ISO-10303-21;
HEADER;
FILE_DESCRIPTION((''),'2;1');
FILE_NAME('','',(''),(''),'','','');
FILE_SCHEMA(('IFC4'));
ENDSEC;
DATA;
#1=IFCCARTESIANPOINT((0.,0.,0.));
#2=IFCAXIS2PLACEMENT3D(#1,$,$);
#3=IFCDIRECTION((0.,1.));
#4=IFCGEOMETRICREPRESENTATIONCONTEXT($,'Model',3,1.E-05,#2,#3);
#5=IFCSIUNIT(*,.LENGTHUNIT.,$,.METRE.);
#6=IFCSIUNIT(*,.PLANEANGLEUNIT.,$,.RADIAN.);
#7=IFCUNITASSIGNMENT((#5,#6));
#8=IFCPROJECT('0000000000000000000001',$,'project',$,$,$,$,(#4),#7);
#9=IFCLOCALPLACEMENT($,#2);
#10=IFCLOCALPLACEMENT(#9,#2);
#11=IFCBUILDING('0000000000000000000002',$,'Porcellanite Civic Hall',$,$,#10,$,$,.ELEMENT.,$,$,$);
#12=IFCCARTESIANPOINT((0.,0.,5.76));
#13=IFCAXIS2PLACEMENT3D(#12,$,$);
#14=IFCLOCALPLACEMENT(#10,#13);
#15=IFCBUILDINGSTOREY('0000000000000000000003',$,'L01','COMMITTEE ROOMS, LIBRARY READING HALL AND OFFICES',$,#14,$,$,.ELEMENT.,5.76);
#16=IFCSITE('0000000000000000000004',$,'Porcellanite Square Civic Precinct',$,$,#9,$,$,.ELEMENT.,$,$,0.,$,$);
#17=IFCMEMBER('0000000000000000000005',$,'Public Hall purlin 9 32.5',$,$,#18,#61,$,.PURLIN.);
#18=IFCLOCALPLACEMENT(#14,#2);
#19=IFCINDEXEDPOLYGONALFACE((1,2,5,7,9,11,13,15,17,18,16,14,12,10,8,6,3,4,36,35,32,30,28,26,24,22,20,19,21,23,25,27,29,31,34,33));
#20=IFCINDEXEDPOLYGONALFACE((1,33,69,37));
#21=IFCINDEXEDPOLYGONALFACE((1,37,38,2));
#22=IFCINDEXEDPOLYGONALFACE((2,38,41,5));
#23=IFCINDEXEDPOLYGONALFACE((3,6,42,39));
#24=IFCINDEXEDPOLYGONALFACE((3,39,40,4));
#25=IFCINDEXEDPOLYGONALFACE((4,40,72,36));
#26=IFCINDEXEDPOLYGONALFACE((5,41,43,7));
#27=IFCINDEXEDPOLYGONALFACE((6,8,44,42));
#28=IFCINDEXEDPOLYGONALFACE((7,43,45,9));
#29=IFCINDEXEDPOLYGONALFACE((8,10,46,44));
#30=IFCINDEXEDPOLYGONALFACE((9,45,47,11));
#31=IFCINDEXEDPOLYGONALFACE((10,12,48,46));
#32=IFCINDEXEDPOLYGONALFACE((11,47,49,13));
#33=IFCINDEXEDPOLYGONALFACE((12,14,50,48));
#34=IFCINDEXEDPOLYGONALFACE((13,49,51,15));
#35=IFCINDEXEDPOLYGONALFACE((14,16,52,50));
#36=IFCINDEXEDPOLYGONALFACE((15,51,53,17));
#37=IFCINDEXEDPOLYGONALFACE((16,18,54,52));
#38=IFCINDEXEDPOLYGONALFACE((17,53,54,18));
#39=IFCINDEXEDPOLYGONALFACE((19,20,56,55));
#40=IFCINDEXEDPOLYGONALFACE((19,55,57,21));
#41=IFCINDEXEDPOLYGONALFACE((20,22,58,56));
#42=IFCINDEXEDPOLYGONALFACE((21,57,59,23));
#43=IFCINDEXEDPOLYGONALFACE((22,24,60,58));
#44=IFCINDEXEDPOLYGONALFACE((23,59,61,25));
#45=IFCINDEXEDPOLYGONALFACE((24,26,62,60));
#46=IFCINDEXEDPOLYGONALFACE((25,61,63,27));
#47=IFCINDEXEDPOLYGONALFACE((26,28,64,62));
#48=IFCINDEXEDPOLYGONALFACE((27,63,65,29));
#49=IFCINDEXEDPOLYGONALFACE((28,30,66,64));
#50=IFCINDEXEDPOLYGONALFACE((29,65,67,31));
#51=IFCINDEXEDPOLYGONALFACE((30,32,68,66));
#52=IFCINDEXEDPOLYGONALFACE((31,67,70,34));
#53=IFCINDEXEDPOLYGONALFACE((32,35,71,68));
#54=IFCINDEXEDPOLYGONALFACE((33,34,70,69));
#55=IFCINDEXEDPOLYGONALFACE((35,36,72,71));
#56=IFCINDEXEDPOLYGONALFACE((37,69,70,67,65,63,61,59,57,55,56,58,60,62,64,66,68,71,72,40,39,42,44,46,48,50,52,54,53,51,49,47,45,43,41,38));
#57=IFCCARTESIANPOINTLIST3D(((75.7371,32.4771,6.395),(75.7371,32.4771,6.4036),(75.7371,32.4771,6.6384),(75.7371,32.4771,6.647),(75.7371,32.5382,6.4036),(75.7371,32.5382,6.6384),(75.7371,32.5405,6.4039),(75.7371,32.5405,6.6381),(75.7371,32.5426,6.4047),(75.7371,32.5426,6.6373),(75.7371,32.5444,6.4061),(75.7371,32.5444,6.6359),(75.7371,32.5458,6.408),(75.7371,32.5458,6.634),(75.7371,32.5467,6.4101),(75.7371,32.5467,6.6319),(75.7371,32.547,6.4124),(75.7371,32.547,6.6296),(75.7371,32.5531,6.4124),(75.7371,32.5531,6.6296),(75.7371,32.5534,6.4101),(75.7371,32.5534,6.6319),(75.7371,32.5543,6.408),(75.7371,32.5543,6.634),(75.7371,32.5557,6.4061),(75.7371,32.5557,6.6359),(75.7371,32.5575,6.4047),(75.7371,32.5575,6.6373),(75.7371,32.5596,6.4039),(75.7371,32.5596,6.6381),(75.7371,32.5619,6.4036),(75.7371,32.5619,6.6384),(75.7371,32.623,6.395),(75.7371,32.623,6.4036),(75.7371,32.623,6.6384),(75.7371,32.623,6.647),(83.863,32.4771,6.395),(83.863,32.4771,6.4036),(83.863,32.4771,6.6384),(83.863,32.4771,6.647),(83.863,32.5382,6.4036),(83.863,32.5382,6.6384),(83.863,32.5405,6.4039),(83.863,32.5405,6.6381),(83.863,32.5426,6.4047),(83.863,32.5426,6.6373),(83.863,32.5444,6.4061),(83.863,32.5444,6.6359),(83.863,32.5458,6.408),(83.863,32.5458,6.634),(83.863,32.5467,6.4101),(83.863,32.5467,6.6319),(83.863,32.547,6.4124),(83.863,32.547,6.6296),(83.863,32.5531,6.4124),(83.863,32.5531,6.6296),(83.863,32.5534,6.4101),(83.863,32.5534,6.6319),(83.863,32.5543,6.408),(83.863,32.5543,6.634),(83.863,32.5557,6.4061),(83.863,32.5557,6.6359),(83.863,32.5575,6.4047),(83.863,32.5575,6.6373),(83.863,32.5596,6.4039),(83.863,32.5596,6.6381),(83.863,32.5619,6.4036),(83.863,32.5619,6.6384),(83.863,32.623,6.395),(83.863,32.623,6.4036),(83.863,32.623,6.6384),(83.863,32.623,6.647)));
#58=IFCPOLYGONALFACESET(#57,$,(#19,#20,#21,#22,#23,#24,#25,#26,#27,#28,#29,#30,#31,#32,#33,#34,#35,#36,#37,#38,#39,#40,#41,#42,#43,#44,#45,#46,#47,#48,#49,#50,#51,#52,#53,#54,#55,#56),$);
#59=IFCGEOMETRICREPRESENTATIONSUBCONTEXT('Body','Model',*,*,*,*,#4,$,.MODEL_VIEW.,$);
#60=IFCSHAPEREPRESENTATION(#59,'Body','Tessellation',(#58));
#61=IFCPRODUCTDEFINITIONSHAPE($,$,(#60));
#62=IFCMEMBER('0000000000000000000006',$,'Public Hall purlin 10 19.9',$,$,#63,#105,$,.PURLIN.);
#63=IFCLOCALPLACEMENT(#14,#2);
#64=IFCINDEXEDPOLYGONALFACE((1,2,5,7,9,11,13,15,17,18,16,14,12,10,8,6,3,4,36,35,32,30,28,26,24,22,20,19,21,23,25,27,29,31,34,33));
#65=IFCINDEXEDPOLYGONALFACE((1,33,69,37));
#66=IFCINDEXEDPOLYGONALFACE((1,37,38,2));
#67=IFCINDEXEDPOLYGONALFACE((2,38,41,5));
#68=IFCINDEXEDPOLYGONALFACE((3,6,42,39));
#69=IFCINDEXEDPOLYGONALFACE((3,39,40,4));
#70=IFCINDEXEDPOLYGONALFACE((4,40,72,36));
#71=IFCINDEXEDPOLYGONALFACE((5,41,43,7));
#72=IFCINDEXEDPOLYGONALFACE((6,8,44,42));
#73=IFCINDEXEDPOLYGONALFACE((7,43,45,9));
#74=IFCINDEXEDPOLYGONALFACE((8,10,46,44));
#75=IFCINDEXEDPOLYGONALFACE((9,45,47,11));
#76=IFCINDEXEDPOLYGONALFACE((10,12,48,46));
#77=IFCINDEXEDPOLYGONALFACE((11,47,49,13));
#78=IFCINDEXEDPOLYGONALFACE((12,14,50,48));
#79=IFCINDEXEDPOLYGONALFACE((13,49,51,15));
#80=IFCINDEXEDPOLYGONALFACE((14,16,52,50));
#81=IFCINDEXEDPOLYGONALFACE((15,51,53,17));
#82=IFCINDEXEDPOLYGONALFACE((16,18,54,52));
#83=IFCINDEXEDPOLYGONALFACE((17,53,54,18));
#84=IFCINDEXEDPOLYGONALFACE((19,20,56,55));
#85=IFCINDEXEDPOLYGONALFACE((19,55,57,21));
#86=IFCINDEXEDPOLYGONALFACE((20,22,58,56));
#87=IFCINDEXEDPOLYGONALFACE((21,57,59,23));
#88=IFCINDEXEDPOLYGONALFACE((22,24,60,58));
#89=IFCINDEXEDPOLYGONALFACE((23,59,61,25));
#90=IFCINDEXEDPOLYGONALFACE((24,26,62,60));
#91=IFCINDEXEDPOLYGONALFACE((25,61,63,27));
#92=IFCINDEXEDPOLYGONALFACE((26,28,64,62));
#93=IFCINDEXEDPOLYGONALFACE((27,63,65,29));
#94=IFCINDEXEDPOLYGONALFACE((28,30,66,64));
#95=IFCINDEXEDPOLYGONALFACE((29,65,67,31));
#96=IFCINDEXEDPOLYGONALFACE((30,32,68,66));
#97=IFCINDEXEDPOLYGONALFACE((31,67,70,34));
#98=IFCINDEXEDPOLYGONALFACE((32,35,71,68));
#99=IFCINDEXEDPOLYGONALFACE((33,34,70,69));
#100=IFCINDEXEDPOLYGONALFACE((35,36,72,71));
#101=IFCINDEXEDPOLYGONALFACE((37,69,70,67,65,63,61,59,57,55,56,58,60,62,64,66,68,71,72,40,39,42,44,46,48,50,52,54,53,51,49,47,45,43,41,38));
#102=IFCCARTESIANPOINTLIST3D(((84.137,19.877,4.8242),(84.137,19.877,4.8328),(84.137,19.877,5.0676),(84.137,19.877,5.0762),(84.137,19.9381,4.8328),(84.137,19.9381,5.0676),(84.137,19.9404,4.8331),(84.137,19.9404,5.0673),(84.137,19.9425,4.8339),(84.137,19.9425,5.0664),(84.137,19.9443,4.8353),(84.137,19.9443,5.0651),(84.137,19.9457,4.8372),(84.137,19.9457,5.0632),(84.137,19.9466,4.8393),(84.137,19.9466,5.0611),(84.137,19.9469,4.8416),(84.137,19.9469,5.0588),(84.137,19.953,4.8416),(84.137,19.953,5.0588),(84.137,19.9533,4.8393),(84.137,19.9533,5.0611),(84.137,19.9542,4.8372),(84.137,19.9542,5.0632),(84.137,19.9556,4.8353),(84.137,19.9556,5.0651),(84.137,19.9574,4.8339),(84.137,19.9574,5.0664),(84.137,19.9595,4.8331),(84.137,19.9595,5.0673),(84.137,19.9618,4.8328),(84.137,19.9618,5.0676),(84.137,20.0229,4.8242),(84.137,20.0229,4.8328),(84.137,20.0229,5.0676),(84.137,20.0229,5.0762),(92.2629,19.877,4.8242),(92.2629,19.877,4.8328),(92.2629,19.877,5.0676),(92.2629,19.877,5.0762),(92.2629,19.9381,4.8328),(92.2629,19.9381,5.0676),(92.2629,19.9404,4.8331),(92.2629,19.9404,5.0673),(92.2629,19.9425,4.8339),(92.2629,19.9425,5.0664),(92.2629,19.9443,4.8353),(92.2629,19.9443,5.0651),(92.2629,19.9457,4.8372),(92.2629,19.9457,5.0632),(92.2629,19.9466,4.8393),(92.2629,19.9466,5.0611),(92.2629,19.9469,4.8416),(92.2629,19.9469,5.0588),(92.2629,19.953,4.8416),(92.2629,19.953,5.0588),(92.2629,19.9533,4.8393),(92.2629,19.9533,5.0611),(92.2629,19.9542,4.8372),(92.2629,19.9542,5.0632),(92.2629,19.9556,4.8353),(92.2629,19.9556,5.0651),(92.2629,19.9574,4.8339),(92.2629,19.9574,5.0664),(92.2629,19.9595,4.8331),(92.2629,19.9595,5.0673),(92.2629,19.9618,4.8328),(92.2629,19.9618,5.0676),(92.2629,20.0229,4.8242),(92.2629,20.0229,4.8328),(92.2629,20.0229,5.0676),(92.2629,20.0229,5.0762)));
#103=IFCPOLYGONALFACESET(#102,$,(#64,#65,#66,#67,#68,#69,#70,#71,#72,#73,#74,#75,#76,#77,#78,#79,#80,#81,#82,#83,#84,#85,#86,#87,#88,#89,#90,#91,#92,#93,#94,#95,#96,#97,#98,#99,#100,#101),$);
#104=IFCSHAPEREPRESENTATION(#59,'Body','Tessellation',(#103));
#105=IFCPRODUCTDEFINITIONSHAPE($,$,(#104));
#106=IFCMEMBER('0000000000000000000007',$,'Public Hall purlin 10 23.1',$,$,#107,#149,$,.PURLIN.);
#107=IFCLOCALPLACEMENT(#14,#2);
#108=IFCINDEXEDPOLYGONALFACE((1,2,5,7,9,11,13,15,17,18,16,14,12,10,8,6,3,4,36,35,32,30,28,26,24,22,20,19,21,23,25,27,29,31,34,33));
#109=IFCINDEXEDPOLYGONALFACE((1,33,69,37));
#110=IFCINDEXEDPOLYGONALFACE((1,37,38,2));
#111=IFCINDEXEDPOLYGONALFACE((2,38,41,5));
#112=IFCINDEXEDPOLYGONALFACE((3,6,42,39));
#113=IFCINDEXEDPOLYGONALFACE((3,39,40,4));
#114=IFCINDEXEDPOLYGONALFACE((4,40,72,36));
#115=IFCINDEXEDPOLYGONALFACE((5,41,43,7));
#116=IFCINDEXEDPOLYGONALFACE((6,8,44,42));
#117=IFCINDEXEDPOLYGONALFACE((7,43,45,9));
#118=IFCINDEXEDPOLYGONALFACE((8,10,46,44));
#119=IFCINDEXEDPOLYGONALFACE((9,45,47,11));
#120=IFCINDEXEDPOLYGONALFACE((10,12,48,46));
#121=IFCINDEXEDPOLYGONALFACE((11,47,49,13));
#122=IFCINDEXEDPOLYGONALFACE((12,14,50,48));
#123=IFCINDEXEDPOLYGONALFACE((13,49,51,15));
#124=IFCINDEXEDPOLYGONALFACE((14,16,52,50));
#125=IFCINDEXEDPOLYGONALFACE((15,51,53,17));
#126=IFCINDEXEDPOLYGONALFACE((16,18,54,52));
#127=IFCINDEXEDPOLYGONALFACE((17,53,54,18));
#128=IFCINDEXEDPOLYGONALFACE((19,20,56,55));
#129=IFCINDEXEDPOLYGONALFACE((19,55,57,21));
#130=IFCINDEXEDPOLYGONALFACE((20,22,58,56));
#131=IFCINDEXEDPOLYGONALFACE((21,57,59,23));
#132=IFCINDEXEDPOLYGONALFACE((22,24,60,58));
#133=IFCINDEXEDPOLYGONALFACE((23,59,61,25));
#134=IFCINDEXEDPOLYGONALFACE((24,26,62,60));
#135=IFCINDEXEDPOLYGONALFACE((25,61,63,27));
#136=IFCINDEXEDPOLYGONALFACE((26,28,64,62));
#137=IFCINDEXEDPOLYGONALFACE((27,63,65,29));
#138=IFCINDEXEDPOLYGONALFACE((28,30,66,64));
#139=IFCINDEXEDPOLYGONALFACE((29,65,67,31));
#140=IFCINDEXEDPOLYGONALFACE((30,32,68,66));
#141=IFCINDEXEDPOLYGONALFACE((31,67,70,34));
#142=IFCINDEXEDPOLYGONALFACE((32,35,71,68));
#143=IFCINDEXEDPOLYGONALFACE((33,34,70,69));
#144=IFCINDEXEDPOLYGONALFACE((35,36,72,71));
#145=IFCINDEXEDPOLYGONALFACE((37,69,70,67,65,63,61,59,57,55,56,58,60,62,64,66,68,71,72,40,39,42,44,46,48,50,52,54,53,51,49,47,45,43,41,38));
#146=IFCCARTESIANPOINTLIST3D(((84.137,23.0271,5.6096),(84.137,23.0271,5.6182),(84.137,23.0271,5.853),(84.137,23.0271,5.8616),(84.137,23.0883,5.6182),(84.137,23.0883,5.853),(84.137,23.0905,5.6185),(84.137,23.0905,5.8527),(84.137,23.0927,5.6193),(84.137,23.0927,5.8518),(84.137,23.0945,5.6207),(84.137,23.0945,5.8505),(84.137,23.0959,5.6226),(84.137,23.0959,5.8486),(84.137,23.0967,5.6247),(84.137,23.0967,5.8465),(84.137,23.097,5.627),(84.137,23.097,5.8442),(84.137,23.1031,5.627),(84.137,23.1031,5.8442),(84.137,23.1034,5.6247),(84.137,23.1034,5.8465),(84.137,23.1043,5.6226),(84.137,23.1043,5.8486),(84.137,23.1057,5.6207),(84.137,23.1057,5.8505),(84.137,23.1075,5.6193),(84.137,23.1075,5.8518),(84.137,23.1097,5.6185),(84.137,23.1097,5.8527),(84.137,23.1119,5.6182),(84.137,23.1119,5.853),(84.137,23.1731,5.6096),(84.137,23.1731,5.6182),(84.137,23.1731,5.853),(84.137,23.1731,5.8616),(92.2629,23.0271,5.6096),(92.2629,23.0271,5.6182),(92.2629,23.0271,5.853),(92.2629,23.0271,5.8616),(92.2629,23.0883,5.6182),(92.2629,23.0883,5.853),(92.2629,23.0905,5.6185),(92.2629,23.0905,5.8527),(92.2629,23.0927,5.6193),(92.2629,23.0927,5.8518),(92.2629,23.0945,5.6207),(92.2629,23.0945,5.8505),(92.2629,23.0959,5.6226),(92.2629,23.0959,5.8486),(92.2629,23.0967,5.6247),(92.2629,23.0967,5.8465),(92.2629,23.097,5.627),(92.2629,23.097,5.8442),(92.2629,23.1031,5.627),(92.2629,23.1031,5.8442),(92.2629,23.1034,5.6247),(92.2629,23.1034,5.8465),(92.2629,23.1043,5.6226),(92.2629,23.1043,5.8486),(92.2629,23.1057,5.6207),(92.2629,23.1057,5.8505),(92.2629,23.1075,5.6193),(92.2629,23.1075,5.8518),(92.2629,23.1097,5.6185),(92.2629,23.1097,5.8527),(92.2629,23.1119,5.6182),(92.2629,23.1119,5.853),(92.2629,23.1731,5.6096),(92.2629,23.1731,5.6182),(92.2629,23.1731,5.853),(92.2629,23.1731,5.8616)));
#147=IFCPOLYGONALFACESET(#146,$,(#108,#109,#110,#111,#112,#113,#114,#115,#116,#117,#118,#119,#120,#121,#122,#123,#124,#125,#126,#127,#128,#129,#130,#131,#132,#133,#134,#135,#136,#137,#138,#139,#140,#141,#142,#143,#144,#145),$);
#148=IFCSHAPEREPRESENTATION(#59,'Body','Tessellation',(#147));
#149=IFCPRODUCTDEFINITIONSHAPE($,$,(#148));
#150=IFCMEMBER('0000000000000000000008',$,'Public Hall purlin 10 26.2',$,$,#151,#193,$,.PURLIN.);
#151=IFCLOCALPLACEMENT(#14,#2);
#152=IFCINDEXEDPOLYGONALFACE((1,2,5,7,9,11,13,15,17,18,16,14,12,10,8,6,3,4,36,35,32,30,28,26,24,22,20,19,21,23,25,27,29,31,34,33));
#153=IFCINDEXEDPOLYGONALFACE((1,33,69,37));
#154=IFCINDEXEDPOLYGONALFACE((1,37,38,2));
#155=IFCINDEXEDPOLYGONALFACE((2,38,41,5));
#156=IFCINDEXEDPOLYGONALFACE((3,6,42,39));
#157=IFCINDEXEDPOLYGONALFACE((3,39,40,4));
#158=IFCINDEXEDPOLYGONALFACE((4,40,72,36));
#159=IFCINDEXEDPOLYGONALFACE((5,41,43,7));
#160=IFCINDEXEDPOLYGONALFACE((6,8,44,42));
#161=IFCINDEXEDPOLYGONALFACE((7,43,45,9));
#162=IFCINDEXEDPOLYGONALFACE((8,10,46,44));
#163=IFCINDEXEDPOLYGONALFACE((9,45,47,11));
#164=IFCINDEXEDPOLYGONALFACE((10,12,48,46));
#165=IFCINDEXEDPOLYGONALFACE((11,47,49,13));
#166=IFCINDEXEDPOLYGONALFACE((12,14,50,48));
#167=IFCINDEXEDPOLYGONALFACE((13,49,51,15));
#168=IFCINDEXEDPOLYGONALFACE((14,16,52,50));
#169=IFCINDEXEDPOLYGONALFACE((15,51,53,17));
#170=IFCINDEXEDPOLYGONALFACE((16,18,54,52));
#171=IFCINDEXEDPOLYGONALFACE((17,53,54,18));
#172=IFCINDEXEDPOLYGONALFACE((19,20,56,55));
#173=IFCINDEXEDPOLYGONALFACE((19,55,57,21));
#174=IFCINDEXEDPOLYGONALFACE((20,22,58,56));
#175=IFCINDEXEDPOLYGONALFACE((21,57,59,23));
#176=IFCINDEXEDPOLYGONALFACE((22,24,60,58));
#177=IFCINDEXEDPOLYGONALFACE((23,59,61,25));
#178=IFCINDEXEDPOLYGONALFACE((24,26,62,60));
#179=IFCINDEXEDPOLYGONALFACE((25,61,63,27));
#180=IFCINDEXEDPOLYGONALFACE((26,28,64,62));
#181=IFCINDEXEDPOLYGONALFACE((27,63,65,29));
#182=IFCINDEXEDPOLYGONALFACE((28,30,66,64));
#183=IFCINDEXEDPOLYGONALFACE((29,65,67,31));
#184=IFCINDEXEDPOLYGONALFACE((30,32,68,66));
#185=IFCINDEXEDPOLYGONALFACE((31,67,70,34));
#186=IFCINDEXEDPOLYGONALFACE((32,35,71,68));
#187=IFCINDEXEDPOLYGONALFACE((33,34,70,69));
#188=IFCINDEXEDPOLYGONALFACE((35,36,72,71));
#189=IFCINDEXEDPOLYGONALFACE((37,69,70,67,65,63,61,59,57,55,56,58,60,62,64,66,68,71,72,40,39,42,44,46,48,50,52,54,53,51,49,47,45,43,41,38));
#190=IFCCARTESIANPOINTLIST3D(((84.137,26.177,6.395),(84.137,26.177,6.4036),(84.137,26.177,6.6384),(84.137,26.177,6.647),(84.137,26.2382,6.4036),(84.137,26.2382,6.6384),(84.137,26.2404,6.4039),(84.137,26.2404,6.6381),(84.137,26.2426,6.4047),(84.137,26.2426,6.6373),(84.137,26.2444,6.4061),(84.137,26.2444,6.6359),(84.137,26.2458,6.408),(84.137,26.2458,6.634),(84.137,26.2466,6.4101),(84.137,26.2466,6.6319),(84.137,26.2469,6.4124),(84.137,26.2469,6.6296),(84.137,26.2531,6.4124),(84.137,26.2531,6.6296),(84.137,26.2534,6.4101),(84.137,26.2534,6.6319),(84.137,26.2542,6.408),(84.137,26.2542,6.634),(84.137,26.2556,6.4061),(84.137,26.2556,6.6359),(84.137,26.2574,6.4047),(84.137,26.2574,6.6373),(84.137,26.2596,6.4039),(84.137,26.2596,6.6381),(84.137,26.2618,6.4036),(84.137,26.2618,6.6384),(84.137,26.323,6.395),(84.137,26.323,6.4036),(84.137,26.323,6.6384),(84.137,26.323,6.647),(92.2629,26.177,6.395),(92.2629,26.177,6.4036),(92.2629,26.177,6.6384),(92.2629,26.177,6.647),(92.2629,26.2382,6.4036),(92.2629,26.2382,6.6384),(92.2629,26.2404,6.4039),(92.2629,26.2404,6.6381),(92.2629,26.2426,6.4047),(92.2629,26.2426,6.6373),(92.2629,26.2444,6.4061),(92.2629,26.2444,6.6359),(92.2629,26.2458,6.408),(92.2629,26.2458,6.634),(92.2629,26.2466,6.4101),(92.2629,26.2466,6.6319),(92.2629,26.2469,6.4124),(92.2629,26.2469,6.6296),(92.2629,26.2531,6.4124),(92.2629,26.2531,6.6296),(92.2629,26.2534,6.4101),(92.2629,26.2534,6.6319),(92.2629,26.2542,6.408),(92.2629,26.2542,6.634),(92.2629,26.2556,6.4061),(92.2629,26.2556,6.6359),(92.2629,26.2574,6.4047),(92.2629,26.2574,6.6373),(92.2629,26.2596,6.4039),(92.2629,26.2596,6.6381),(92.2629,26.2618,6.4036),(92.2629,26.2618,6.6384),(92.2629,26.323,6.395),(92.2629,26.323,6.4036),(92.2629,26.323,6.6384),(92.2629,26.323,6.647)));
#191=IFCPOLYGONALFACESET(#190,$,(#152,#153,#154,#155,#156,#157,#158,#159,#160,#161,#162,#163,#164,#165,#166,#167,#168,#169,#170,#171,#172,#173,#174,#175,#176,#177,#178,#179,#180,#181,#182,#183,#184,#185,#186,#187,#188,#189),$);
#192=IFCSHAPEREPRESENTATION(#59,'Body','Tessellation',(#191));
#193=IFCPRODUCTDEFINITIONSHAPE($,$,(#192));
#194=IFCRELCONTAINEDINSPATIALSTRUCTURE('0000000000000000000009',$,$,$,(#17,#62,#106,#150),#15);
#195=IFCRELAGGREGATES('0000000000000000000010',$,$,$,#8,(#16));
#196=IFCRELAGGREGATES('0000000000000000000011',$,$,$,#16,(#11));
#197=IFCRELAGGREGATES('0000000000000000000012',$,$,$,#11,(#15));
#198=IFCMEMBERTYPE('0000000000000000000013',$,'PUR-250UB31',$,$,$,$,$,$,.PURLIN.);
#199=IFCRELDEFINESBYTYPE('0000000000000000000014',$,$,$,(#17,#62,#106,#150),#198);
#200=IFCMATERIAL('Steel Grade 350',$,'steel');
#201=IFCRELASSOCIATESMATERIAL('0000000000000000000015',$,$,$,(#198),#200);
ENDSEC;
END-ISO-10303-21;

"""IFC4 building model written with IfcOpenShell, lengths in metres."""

from ifc_helpers import new_model, si_unit, direction, frame, origin, origin_2d, place, context, subcontext, project, spatial, i_section, extrude, material, material_profile, profile_set, type_object, element, save


model = new_model("IFC4")

# Units and contexts
model_context = context("Model", 3, precision=1e-05, world=origin(), true_north=direction((0.0, 1.0)))
body_context = subcontext(model_context, "Body", "Model", "MODEL_VIEW")
ifc_project = project(units=[si_unit("LENGTHUNIT", "METRE"), si_unit("PLANEANGLEUNIT", "RADIAN")], contexts=[model_context])

# Site, building, storey
site_placement = place(None, origin())
site = spatial("IfcSite", under=ifc_project, at=site_placement, Name="Porcellanite Square Civic Precinct", CompositionType="ELEMENT", RefElevation=0.0)
building_placement = place(site_placement, origin())
building = spatial("IfcBuilding", under=site, at=building_placement, Name="Porcellanite Civic Hall", CompositionType="ELEMENT")
storey_placement = place(building_placement, frame((0.0, 0.0, 5.76)))
storey = spatial("IfcBuildingStorey", under=building, at=storey_placement, Name="L01", Description="COMMITTEE ROOMS, LIBRARY READING HALL AND OFFICES", CompositionType="ELEMENT", Elevation=5.76)

# Members
ifc_material_1 = material(Name="Steel Grade 350", Category="steel")
ifc_material_profile_1 = material_profile(ifc_material_1, i_section(OverallWidth=0.146, OverallDepth=0.252, WebThickness=0.0061, FlangeThickness=0.0085, FilletRadius=0.0088, at=origin_2d()), Name="250UB31.4")
ifc_profile_set_1 = profile_set([ifc_material_profile_1], Name="Steel Grade 350")
member_type_1 = type_object("IfcMemberType", Name="PUR-250UB31", PredefinedType="PURLIN", material=ifc_profile_set_1)
for number, where, z_axis, x_axis, name in (
    (1, (75.7371, 32.55, 6.521), (1.0, 0.0, 0.0), (0.0, 1.0, 0.0), "Public Hall purlin 9 32.5"),
    (2, (84.137, 19.95, 4.9502), (1.0, 0.0, 0.0), (0.0, 1.0, 0.0), "Public Hall purlin 10 19.9"),
    (3, (84.137, 23.1001, 5.7356), (1.0, 0.0, 0.0), (0.0, 1.0, 0.0), "Public Hall purlin 10 23.1"),
    (4, (84.137, 26.25, 6.521), (1.0, 0.0, 0.0), (0.0, 1.0, 0.0), "Public Hall purlin 10 26.2"),
):
    element("IfcMember", number, at=place(storey_placement, frame(where, z_axis=z_axis, x_axis=x_axis)), inside=storey, type_object=member_type_1, Name=name, PredefinedType="PURLIN", context=body_context, shape_type="SweptSolid", body=[
        extrude(i_section(OverallWidth=0.146, OverallDepth=0.252, WebThickness=0.0061, FlangeThickness=0.0085, FilletRadius=0.0088, at=origin_2d()), origin(), (0.0, 0.0, 1.0), 8.126),
    ])

save(model, "model.ifc")
